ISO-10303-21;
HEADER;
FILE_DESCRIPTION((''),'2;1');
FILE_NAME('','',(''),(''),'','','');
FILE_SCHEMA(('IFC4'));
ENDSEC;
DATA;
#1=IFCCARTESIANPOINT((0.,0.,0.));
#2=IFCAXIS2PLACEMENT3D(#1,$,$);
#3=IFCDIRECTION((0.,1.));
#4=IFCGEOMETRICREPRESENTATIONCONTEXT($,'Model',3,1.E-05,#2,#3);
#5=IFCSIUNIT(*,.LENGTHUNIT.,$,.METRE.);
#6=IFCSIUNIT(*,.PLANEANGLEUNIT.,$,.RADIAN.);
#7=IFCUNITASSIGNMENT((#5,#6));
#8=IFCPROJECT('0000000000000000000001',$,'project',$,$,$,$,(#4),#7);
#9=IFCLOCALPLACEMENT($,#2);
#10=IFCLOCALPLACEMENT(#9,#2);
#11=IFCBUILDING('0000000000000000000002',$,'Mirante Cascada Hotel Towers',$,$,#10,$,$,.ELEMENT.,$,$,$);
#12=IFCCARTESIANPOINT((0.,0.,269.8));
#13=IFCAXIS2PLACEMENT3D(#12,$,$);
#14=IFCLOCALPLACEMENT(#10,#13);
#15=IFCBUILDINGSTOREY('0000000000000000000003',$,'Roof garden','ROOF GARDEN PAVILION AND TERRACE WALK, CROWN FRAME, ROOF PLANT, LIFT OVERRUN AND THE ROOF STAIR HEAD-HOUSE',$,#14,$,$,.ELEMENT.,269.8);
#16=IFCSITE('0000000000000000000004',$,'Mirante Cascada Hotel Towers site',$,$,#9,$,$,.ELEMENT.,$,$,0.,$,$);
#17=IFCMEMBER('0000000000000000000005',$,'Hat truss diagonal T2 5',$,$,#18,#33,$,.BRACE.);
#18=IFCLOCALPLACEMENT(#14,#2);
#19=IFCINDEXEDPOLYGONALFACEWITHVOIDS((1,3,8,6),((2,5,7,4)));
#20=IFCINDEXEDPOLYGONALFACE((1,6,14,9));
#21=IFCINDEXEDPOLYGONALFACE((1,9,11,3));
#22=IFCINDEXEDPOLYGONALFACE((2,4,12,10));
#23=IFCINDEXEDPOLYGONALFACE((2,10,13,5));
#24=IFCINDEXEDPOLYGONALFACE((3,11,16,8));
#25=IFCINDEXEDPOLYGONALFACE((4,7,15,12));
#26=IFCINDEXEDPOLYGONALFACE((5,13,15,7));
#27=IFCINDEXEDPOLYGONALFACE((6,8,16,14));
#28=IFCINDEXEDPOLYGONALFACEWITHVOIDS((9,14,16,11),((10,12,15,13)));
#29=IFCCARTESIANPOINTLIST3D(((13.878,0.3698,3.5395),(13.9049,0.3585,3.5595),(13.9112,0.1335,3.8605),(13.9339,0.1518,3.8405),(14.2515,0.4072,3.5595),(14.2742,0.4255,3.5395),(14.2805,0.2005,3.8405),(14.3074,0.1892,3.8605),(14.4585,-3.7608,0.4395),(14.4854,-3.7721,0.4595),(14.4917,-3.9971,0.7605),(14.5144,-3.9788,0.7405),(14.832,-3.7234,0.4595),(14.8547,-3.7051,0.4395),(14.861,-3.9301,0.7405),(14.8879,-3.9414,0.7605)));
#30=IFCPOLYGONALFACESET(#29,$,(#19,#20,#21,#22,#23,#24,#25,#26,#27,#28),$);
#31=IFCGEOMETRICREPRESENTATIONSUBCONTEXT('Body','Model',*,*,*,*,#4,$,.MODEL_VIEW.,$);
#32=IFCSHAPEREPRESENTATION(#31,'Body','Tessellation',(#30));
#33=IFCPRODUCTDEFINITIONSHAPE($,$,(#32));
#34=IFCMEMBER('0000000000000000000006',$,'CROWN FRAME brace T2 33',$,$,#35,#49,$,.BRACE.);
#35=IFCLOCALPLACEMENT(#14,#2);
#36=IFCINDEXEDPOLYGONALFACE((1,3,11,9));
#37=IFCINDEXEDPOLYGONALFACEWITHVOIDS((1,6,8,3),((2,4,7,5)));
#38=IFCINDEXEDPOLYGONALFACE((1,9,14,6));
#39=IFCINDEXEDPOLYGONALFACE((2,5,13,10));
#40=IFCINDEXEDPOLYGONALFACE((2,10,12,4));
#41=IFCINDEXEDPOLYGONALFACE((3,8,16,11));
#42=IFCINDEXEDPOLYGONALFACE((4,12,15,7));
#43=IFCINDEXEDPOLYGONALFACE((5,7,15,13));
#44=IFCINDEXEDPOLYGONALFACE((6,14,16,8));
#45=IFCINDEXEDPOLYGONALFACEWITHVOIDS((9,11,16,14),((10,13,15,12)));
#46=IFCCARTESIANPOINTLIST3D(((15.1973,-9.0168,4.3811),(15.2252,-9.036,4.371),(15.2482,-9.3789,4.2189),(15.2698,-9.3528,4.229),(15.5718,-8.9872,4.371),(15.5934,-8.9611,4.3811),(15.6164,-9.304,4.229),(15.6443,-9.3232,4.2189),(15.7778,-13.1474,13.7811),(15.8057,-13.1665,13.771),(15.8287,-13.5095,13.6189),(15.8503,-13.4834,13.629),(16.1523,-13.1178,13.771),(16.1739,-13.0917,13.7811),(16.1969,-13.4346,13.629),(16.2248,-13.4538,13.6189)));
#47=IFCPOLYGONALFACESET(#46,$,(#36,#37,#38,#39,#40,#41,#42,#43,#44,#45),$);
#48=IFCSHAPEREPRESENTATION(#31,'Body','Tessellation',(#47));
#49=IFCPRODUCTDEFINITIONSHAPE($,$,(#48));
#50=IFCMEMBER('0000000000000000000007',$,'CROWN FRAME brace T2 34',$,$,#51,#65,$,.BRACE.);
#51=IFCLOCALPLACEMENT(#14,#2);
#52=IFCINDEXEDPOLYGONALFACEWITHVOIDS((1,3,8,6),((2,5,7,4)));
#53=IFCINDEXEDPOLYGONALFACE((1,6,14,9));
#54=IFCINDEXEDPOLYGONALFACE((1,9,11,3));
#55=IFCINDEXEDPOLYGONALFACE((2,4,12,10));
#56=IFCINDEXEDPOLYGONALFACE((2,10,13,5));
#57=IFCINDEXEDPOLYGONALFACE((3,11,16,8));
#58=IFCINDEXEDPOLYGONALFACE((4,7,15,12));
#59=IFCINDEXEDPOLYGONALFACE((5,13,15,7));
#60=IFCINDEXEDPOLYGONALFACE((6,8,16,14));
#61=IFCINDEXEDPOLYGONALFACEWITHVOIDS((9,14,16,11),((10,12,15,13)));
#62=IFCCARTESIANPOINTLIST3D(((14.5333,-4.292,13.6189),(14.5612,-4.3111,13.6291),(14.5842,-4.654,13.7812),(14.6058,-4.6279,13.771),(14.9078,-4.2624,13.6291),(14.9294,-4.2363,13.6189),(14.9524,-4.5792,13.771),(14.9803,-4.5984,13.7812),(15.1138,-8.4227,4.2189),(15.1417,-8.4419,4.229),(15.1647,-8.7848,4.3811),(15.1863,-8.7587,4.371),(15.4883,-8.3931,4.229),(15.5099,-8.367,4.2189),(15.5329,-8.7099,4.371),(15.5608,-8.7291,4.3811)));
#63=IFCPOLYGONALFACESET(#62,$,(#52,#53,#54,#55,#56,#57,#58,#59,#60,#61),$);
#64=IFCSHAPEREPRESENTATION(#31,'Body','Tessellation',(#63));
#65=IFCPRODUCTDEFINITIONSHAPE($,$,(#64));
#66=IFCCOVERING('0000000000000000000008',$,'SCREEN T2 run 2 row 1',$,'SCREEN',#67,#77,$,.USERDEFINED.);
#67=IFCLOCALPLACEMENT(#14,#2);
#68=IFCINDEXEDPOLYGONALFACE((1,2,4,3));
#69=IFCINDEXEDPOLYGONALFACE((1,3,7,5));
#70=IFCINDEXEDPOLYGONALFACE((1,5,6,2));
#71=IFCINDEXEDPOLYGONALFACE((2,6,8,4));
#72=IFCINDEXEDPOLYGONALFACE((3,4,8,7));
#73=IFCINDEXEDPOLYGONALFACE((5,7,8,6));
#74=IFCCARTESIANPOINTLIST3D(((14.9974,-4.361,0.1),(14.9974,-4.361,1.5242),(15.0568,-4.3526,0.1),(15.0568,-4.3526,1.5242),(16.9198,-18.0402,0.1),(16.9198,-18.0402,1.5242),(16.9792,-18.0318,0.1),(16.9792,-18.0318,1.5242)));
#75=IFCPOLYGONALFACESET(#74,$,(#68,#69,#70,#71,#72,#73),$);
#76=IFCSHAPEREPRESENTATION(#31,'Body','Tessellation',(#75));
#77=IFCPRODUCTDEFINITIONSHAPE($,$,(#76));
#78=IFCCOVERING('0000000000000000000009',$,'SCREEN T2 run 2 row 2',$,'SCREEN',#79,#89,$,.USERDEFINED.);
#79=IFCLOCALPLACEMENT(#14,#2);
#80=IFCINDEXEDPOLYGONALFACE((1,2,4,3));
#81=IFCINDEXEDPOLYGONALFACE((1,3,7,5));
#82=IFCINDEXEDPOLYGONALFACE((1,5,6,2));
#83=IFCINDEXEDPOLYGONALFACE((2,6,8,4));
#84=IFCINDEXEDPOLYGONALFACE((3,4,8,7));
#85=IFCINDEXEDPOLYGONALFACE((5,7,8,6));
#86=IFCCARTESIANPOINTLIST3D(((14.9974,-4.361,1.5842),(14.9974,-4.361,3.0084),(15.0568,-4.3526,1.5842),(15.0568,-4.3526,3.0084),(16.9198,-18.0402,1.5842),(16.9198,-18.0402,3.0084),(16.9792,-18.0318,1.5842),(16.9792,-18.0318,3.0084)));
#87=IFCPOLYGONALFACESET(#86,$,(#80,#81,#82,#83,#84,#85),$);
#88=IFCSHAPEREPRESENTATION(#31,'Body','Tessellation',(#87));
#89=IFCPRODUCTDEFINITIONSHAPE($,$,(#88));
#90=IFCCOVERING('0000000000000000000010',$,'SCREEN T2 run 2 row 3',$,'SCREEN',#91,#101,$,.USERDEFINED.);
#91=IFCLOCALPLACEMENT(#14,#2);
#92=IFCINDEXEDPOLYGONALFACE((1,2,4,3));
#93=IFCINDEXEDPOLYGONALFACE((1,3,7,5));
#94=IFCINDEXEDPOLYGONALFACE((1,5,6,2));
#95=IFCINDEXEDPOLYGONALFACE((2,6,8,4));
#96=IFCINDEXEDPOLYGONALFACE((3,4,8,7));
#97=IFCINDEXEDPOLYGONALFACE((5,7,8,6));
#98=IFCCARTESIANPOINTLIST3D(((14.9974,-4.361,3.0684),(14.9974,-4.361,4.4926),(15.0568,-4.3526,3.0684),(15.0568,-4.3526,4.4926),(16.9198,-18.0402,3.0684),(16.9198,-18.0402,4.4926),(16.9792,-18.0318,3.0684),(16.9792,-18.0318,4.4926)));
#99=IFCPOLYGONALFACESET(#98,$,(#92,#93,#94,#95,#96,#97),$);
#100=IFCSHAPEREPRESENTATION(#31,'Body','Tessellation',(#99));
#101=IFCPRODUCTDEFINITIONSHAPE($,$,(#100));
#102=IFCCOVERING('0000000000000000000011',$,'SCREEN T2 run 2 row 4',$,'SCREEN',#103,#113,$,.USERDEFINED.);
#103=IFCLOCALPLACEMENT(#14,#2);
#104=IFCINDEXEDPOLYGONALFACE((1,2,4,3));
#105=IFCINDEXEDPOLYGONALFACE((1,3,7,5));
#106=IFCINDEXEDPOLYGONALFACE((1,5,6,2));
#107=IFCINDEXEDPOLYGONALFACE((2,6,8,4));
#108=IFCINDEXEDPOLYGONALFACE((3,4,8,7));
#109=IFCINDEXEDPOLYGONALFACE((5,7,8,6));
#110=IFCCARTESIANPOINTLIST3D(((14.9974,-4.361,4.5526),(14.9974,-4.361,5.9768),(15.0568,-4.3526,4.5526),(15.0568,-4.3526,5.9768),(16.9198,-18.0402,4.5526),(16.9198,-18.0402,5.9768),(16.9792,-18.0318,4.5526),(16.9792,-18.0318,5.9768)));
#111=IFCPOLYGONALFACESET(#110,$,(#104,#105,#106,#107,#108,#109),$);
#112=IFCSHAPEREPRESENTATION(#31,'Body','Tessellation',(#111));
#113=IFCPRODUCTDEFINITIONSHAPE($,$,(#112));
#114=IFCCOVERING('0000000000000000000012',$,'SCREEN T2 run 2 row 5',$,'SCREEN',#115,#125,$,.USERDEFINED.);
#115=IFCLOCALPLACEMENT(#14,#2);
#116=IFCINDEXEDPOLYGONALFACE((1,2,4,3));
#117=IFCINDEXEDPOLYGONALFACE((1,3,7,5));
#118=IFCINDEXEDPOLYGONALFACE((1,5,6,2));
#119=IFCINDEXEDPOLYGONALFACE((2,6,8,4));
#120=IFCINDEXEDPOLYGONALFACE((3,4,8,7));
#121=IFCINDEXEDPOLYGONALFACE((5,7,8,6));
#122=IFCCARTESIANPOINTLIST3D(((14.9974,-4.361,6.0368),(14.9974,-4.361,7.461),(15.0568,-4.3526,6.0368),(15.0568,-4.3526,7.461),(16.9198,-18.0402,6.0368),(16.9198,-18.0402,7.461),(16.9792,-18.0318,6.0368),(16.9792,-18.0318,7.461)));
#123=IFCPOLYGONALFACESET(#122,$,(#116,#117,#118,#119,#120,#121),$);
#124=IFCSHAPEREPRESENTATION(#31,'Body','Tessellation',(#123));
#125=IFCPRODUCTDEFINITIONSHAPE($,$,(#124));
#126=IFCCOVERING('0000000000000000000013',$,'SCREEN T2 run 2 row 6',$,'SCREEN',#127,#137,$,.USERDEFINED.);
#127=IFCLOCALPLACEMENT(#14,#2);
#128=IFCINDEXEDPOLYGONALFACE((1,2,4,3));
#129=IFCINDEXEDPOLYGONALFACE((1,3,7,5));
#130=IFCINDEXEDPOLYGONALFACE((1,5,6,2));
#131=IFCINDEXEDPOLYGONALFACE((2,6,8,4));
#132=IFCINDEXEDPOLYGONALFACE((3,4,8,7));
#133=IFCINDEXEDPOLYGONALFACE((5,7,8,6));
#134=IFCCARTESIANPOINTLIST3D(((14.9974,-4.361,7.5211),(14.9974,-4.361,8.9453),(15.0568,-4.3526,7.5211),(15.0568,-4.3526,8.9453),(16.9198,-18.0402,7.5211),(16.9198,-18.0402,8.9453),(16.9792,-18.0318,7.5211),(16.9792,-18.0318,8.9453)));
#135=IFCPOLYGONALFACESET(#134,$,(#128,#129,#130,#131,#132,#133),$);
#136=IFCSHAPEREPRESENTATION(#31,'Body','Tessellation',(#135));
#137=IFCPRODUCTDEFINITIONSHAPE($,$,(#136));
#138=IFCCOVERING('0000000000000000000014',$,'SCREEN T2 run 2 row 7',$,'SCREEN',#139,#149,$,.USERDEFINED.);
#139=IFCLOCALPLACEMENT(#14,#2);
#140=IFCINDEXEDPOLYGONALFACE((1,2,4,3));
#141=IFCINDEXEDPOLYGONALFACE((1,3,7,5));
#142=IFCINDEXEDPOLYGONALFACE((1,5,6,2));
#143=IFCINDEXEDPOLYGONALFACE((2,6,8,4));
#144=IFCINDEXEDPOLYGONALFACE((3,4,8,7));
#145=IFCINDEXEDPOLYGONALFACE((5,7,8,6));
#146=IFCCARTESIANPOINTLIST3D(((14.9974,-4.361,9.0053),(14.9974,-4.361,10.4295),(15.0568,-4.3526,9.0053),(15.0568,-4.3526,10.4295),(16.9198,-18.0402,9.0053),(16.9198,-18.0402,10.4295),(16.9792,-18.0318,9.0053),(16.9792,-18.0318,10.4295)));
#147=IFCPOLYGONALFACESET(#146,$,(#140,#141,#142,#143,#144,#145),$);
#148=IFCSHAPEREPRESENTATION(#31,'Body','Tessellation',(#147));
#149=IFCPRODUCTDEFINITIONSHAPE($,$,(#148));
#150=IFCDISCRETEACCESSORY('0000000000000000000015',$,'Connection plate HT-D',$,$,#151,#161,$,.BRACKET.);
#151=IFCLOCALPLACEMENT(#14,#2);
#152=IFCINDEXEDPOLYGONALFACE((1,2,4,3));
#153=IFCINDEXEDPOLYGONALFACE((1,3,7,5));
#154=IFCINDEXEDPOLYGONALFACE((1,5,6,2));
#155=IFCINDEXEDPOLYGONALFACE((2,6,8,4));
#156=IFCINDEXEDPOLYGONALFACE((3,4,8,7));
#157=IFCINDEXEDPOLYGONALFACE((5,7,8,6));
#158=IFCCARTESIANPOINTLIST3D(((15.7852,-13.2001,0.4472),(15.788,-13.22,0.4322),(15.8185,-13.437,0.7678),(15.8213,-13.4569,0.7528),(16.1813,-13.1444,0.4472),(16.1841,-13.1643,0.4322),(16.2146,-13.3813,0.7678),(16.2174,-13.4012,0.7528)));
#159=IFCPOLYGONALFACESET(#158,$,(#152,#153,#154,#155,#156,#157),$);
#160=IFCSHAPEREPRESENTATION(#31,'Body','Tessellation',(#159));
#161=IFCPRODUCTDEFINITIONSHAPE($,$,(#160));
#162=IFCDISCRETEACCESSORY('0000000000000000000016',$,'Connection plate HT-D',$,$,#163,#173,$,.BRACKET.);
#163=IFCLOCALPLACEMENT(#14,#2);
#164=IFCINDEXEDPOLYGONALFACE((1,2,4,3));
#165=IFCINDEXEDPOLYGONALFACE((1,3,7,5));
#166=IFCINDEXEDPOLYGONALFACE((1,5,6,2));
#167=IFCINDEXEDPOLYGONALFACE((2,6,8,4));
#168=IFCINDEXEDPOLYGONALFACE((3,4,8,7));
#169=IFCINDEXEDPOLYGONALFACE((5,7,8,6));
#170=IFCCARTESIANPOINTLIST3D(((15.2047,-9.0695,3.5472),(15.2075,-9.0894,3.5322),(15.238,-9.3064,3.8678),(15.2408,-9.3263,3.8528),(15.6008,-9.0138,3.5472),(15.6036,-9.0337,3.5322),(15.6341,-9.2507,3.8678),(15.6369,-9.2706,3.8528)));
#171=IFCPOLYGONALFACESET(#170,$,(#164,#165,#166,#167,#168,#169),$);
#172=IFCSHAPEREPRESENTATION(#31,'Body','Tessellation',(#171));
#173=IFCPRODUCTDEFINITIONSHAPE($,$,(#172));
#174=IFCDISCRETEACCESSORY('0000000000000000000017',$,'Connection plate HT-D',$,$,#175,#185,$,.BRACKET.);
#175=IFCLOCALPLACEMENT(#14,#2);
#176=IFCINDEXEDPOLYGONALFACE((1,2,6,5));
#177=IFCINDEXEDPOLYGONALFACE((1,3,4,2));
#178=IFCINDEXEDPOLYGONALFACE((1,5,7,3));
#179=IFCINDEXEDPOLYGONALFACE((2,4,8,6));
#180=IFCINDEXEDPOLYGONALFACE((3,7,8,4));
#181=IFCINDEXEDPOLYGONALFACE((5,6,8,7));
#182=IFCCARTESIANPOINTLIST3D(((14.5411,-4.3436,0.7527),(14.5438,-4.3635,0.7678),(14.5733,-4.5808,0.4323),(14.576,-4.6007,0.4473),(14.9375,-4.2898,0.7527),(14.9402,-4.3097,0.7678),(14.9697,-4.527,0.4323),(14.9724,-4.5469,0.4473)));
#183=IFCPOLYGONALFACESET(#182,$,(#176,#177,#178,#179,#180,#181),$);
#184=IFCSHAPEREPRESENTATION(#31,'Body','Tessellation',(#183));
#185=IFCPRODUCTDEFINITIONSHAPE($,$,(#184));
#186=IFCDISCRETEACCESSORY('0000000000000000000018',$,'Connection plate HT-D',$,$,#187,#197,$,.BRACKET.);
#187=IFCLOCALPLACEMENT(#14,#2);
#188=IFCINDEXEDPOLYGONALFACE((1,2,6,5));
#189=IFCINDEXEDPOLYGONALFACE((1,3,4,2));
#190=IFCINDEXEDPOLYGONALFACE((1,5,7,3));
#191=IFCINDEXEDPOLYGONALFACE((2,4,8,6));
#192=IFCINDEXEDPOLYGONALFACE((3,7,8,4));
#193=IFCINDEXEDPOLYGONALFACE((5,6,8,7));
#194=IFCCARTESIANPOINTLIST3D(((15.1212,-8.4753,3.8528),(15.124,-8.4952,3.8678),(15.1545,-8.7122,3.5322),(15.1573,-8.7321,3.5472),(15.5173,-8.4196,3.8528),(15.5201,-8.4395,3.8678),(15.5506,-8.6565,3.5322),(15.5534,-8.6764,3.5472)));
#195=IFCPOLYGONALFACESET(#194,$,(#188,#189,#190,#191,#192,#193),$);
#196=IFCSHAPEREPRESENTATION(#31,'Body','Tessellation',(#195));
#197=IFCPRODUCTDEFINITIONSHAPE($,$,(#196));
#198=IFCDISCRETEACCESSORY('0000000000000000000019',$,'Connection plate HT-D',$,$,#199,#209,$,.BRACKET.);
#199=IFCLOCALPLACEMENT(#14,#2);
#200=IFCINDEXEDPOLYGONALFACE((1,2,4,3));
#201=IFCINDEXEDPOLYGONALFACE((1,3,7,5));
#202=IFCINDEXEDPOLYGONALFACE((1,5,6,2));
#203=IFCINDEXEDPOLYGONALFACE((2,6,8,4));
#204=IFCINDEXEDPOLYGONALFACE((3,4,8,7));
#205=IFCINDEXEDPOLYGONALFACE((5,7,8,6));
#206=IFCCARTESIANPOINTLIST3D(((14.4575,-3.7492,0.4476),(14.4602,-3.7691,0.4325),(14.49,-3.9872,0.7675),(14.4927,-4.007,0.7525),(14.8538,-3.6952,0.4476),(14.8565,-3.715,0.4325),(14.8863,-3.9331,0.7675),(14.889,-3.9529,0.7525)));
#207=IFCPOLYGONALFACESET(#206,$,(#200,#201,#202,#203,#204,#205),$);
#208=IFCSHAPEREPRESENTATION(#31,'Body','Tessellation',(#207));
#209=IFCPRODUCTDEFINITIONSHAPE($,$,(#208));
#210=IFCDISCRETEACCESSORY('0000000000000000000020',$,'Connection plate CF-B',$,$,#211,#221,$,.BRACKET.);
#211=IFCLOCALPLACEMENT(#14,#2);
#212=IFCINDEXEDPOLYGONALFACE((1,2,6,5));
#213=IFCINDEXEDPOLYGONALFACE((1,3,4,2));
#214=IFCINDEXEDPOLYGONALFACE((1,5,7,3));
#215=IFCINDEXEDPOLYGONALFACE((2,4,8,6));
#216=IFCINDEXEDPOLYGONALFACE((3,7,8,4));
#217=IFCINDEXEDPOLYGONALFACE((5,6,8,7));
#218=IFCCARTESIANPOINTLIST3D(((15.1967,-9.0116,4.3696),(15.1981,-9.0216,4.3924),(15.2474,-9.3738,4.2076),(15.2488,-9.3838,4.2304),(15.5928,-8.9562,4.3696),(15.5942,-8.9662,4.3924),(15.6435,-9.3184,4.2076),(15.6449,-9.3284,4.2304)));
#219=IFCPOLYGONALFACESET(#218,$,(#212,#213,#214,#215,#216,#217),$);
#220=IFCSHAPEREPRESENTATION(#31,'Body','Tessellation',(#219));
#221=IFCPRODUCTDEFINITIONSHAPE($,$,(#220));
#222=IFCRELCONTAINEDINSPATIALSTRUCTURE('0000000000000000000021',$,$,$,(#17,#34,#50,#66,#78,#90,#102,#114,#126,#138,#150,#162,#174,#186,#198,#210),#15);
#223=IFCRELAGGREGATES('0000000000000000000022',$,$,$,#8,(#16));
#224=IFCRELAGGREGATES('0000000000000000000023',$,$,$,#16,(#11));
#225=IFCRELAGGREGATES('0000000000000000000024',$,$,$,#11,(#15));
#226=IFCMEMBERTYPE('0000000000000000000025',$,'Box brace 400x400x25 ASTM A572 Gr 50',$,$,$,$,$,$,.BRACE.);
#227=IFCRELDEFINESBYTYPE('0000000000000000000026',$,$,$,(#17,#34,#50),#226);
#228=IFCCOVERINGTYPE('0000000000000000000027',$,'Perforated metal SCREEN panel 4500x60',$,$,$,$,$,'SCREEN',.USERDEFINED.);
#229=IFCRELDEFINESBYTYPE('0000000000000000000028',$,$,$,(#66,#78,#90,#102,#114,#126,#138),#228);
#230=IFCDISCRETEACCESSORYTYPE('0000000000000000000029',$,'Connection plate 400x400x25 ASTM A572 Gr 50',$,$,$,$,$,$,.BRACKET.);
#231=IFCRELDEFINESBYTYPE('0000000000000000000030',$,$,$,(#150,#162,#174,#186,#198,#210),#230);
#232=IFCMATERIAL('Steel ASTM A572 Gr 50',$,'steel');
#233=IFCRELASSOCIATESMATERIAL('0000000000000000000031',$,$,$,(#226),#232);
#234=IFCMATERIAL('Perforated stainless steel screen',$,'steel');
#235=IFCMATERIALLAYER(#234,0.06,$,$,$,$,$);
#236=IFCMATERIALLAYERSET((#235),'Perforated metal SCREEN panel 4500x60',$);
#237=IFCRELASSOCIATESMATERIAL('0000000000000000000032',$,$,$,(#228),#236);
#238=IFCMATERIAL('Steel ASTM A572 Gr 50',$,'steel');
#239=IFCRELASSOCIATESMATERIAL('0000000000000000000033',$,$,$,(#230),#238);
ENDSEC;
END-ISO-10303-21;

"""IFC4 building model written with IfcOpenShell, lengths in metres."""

from ifc_helpers import new_model, si_unit, direction, frame, origin, origin_2d, place, context, subcontext, project, spatial, rectangle, hollow_rectangle, extrude, material, layer, layer_set, material_profile, profile_set, type_object, element, save


model = new_model("IFC4")

# Units and contexts
model_context = context("Model", 3, precision=1e-05, world=origin(), true_north=direction((0.0, 1.0)))
body_context = subcontext(model_context, "Body", "Model", "MODEL_VIEW")
ifc_project = project(units=[si_unit("LENGTHUNIT", "METRE"), si_unit("PLANEANGLEUNIT", "RADIAN")], contexts=[model_context])

# Site, building, storey
site_placement = place(None, origin())
site = spatial("IfcSite", under=ifc_project, at=site_placement, Name="Mirante Cascada Hotel Towers site", CompositionType="ELEMENT", RefElevation=0.0)
building_placement = place(site_placement, origin())
building = spatial("IfcBuilding", under=site, at=building_placement, Name="Mirante Cascada Hotel Towers", CompositionType="ELEMENT")
storey_placement = place(building_placement, frame((0.0, 0.0, 269.8)))
storey = spatial("IfcBuildingStorey", under=building, at=storey_placement, Name="Roof garden", Description="ROOF GARDEN PAVILION AND TERRACE WALK, CROWN FRAME, ROOF PLANT, LIFT OVERRUN AND THE ROOF STAIR HEAD-HOUSE", CompositionType="ELEMENT", Elevation=269.8)

# Members
ifc_material_1 = material(Name="Steel ASTM A572 Gr 50", Category="steel")
ifc_material_profile_1 = material_profile(ifc_material_1, hollow_rectangle(XDim=0.4, YDim=0.4, WallThickness=0.025, at=origin_2d()), Name="Box brace 400x400x25 ASTM A572 Gr 50")
ifc_profile_set_1 = profile_set([ifc_material_profile_1], Name="Steel ASTM A572 Gr 50")
member_type = type_object("IfcMemberType", Name="Box brace 400x400x25 ASTM A572 Gr 50", PredefinedType="BRACE", material=ifc_profile_set_1)
member_1_placement = place(storey_placement, frame((14.6732, -3.8511, 0.6), z_axis=(-0.111699, 0.794804, 0.596498), x_axis=(-0.990269, -0.139169, 0.0)))
element("IfcMember", 1, at=member_1_placement, inside=storey, type_object=member_type, Name="Hat truss diagonal T2 5", PredefinedType="BRACE", context=body_context, shape_type="SweptSolid", body=[
    extrude(hollow_rectangle(XDim=0.4, YDim=0.4, WallThickness=0.025, at=origin_2d()), origin(), (0.0, 0.0, 1.0), 5.197),
])
member_2_placement = place(storey_placement, frame((15.4208, -9.17, 4.3), z_axis=(0.056447, -0.401657, 0.914049), x_axis=(0.990269, 0.139169, 0.0)))
element("IfcMember", 2, at=member_2_placement, inside=storey, type_object=member_type, Name="CROWN FRAME brace T2 33", PredefinedType="BRACE", context=body_context, shape_type="SweptSolid", body=[
    extrude(hollow_rectangle(XDim=0.4, YDim=0.4, WallThickness=0.025, at=origin_2d()), origin(), (0.0, 0.0, 1.0), 10.2839),
])
member_3_placement = place(storey_placement, frame((15.3373, -8.5759, 4.3), z_axis=(-0.056447, 0.401665, 0.914045), x_axis=(-0.990269, -0.139166, 0.0)))
element("IfcMember", 3, at=member_3_placement, inside=storey, type_object=member_type, Name="CROWN FRAME brace T2 34", PredefinedType="BRACE", context=body_context, shape_type="SweptSolid", body=[
    extrude(hollow_rectangle(XDim=0.4, YDim=0.4, WallThickness=0.025, at=origin_2d()), origin(), (0.0, 0.0, 1.0), 10.284),
])

# Coverings
ifc_material_2 = material(Name="Perforated stainless steel screen", Category="steel")
ifc_layer = layer(ifc_material_2, 0.06)
ifc_layer_set = layer_set([ifc_layer], Name="Perforated metal SCREEN panel 4500x60")
covering_type = type_object("IfcCoveringType", Name="Perforated metal SCREEN panel 4500x60", ElementType="SCREEN", PredefinedType="USERDEFINED", material=ifc_layer_set)
for number, where, z_axis, x_axis, name in (
    (4, (15.9883, -11.1964, 0.1), (0.0, 0.0, 1.0), (-0.139173, 0.990268, 0.0), "SCREEN T2 run 2 row 1"),
    (5, (15.9883, -11.1964, 1.5842), (0.0, 0.0, 1.0), (-0.139173, 0.990268, 0.0), "SCREEN T2 run 2 row 2"),
    (6, (15.9883, -11.1964, 3.0684), (0.0, 0.0, 1.0), (-0.139173, 0.990268, 0.0), "SCREEN T2 run 2 row 3"),
    (7, (15.9883, -11.1964, 4.5526), (0.0, 0.0, 1.0), (-0.139173, 0.990268, 0.0), "SCREEN T2 run 2 row 4"),
    (8, (15.9883, -11.1964, 6.0368), (0.0, 0.0, 1.0), (-0.139173, 0.990268, 0.0), "SCREEN T2 run 2 row 5"),
    (9, (15.9883, -11.1964, 7.5211), (0.0, 0.0, 1.0), (-0.139173, 0.990268, 0.0), "SCREEN T2 run 2 row 6"),
    (10, (15.9883, -11.1964, 9.0053), (0.0, 0.0, 1.0), (-0.139173, 0.990268, 0.0), "SCREEN T2 run 2 row 7"),
):
    element("IfcCovering", number, at=place(storey_placement, frame(where, z_axis=z_axis, x_axis=x_axis)), inside=storey, type_object=covering_type, Name=name, ObjectType="SCREEN", PredefinedType="USERDEFINED", context=body_context, shape_type="SweptSolid", body=[
        extrude(rectangle(XDim=13.8136, YDim=0.06, at=origin_2d()), origin(), (0.0, 0.0, 1.0), 1.4242),
    ])

# Discrete accessories
ifc_material_3 = material(Name="Steel ASTM A572 Gr 50", Category="steel")
ifc_material_profile_2 = material_profile(ifc_material_3, rectangle(XDim=0.4, YDim=0.4, at=origin_2d()), Name="Connection plate 400x400x25 ASTM A572 Gr 50")
ifc_profile_set_2 = profile_set([ifc_material_profile_2], Name="Steel ASTM A572 Gr 50")
discrete_accessory_type = type_object("IfcDiscreteAccessoryType", Name="Connection plate 400x400x25 ASTM A572 Gr 50", PredefinedType="BRACKET", material=ifc_profile_set_2)
for number, where, z_axis, x_axis, name in (
    (11, (16.0027, -13.3106, 0.5925), (-0.111657, 0.79356, 0.59816), (-0.990246, -0.139331, 0.0), "Connection plate HT-D"),
    (12, (15.4222, -9.18, 3.6925), (-0.111657, 0.79356, 0.59816), (-0.990246, -0.139331, 0.0), "Connection plate HT-D"),
    (13, (14.7554, -4.4353, 0.5925), (0.107716, -0.793907, 0.598422), (0.990921, 0.134446, 0.0), "Connection plate HT-D"),
    (14, (15.3359, -8.5659, 3.6925), (0.111657, -0.79356, 0.59816), (0.990246, 0.139331, 0.0), "Connection plate HT-D"),
):
    element("IfcDiscreteAccessory", number, at=place(storey_placement, frame(where, z_axis=z_axis, x_axis=x_axis)), inside=storey, type_object=discrete_accessory_type, Name=name, PredefinedType="BRACKET", context=body_context, shape_type="SweptSolid", body=[
        extrude(rectangle(XDim=0.4, YDim=0.4, at=origin_2d()), origin(), (0.0, 0.0, 1.0), 0.0251),
    ])
discrete_accessory_1_placement = place(storey_placement, frame((14.6746, -3.861, 0.5925), z_axis=(-0.108058, 0.792425, 0.600322), x_axis=(-0.99083, -0.135113, 0.0)))
element("IfcDiscreteAccessory", 15, at=discrete_accessory_1_placement, inside=storey, type_object=discrete_accessory_type, Name="Connection plate HT-D", PredefinedType="BRACKET", context=body_context, shape_type="SweptSolid", body=[
    extrude(rectangle(XDim=0.4, YDim=0.4, at=origin_2d()), origin(), (0.0, 0.0, 1.0), 0.025),
])
discrete_accessory_2_placement = place(storey_placement, frame((15.4201, -9.165, 4.2886), z_axis=(0.056144, -0.401028, 0.914344), x_axis=(0.990342, 0.138648, 0.0)))
element("IfcDiscreteAccessory", 16, at=discrete_accessory_2_placement, inside=storey, type_object=discrete_accessory_type, Name="Connection plate CF-B", PredefinedType="BRACKET", context=body_context, shape_type="SweptSolid", body=[
    extrude(rectangle(XDim=0.4, YDim=0.4, at=origin_2d()), origin(), (0.0, 0.0, 1.0), 0.0249),
])

save(model, "model.ifc")
